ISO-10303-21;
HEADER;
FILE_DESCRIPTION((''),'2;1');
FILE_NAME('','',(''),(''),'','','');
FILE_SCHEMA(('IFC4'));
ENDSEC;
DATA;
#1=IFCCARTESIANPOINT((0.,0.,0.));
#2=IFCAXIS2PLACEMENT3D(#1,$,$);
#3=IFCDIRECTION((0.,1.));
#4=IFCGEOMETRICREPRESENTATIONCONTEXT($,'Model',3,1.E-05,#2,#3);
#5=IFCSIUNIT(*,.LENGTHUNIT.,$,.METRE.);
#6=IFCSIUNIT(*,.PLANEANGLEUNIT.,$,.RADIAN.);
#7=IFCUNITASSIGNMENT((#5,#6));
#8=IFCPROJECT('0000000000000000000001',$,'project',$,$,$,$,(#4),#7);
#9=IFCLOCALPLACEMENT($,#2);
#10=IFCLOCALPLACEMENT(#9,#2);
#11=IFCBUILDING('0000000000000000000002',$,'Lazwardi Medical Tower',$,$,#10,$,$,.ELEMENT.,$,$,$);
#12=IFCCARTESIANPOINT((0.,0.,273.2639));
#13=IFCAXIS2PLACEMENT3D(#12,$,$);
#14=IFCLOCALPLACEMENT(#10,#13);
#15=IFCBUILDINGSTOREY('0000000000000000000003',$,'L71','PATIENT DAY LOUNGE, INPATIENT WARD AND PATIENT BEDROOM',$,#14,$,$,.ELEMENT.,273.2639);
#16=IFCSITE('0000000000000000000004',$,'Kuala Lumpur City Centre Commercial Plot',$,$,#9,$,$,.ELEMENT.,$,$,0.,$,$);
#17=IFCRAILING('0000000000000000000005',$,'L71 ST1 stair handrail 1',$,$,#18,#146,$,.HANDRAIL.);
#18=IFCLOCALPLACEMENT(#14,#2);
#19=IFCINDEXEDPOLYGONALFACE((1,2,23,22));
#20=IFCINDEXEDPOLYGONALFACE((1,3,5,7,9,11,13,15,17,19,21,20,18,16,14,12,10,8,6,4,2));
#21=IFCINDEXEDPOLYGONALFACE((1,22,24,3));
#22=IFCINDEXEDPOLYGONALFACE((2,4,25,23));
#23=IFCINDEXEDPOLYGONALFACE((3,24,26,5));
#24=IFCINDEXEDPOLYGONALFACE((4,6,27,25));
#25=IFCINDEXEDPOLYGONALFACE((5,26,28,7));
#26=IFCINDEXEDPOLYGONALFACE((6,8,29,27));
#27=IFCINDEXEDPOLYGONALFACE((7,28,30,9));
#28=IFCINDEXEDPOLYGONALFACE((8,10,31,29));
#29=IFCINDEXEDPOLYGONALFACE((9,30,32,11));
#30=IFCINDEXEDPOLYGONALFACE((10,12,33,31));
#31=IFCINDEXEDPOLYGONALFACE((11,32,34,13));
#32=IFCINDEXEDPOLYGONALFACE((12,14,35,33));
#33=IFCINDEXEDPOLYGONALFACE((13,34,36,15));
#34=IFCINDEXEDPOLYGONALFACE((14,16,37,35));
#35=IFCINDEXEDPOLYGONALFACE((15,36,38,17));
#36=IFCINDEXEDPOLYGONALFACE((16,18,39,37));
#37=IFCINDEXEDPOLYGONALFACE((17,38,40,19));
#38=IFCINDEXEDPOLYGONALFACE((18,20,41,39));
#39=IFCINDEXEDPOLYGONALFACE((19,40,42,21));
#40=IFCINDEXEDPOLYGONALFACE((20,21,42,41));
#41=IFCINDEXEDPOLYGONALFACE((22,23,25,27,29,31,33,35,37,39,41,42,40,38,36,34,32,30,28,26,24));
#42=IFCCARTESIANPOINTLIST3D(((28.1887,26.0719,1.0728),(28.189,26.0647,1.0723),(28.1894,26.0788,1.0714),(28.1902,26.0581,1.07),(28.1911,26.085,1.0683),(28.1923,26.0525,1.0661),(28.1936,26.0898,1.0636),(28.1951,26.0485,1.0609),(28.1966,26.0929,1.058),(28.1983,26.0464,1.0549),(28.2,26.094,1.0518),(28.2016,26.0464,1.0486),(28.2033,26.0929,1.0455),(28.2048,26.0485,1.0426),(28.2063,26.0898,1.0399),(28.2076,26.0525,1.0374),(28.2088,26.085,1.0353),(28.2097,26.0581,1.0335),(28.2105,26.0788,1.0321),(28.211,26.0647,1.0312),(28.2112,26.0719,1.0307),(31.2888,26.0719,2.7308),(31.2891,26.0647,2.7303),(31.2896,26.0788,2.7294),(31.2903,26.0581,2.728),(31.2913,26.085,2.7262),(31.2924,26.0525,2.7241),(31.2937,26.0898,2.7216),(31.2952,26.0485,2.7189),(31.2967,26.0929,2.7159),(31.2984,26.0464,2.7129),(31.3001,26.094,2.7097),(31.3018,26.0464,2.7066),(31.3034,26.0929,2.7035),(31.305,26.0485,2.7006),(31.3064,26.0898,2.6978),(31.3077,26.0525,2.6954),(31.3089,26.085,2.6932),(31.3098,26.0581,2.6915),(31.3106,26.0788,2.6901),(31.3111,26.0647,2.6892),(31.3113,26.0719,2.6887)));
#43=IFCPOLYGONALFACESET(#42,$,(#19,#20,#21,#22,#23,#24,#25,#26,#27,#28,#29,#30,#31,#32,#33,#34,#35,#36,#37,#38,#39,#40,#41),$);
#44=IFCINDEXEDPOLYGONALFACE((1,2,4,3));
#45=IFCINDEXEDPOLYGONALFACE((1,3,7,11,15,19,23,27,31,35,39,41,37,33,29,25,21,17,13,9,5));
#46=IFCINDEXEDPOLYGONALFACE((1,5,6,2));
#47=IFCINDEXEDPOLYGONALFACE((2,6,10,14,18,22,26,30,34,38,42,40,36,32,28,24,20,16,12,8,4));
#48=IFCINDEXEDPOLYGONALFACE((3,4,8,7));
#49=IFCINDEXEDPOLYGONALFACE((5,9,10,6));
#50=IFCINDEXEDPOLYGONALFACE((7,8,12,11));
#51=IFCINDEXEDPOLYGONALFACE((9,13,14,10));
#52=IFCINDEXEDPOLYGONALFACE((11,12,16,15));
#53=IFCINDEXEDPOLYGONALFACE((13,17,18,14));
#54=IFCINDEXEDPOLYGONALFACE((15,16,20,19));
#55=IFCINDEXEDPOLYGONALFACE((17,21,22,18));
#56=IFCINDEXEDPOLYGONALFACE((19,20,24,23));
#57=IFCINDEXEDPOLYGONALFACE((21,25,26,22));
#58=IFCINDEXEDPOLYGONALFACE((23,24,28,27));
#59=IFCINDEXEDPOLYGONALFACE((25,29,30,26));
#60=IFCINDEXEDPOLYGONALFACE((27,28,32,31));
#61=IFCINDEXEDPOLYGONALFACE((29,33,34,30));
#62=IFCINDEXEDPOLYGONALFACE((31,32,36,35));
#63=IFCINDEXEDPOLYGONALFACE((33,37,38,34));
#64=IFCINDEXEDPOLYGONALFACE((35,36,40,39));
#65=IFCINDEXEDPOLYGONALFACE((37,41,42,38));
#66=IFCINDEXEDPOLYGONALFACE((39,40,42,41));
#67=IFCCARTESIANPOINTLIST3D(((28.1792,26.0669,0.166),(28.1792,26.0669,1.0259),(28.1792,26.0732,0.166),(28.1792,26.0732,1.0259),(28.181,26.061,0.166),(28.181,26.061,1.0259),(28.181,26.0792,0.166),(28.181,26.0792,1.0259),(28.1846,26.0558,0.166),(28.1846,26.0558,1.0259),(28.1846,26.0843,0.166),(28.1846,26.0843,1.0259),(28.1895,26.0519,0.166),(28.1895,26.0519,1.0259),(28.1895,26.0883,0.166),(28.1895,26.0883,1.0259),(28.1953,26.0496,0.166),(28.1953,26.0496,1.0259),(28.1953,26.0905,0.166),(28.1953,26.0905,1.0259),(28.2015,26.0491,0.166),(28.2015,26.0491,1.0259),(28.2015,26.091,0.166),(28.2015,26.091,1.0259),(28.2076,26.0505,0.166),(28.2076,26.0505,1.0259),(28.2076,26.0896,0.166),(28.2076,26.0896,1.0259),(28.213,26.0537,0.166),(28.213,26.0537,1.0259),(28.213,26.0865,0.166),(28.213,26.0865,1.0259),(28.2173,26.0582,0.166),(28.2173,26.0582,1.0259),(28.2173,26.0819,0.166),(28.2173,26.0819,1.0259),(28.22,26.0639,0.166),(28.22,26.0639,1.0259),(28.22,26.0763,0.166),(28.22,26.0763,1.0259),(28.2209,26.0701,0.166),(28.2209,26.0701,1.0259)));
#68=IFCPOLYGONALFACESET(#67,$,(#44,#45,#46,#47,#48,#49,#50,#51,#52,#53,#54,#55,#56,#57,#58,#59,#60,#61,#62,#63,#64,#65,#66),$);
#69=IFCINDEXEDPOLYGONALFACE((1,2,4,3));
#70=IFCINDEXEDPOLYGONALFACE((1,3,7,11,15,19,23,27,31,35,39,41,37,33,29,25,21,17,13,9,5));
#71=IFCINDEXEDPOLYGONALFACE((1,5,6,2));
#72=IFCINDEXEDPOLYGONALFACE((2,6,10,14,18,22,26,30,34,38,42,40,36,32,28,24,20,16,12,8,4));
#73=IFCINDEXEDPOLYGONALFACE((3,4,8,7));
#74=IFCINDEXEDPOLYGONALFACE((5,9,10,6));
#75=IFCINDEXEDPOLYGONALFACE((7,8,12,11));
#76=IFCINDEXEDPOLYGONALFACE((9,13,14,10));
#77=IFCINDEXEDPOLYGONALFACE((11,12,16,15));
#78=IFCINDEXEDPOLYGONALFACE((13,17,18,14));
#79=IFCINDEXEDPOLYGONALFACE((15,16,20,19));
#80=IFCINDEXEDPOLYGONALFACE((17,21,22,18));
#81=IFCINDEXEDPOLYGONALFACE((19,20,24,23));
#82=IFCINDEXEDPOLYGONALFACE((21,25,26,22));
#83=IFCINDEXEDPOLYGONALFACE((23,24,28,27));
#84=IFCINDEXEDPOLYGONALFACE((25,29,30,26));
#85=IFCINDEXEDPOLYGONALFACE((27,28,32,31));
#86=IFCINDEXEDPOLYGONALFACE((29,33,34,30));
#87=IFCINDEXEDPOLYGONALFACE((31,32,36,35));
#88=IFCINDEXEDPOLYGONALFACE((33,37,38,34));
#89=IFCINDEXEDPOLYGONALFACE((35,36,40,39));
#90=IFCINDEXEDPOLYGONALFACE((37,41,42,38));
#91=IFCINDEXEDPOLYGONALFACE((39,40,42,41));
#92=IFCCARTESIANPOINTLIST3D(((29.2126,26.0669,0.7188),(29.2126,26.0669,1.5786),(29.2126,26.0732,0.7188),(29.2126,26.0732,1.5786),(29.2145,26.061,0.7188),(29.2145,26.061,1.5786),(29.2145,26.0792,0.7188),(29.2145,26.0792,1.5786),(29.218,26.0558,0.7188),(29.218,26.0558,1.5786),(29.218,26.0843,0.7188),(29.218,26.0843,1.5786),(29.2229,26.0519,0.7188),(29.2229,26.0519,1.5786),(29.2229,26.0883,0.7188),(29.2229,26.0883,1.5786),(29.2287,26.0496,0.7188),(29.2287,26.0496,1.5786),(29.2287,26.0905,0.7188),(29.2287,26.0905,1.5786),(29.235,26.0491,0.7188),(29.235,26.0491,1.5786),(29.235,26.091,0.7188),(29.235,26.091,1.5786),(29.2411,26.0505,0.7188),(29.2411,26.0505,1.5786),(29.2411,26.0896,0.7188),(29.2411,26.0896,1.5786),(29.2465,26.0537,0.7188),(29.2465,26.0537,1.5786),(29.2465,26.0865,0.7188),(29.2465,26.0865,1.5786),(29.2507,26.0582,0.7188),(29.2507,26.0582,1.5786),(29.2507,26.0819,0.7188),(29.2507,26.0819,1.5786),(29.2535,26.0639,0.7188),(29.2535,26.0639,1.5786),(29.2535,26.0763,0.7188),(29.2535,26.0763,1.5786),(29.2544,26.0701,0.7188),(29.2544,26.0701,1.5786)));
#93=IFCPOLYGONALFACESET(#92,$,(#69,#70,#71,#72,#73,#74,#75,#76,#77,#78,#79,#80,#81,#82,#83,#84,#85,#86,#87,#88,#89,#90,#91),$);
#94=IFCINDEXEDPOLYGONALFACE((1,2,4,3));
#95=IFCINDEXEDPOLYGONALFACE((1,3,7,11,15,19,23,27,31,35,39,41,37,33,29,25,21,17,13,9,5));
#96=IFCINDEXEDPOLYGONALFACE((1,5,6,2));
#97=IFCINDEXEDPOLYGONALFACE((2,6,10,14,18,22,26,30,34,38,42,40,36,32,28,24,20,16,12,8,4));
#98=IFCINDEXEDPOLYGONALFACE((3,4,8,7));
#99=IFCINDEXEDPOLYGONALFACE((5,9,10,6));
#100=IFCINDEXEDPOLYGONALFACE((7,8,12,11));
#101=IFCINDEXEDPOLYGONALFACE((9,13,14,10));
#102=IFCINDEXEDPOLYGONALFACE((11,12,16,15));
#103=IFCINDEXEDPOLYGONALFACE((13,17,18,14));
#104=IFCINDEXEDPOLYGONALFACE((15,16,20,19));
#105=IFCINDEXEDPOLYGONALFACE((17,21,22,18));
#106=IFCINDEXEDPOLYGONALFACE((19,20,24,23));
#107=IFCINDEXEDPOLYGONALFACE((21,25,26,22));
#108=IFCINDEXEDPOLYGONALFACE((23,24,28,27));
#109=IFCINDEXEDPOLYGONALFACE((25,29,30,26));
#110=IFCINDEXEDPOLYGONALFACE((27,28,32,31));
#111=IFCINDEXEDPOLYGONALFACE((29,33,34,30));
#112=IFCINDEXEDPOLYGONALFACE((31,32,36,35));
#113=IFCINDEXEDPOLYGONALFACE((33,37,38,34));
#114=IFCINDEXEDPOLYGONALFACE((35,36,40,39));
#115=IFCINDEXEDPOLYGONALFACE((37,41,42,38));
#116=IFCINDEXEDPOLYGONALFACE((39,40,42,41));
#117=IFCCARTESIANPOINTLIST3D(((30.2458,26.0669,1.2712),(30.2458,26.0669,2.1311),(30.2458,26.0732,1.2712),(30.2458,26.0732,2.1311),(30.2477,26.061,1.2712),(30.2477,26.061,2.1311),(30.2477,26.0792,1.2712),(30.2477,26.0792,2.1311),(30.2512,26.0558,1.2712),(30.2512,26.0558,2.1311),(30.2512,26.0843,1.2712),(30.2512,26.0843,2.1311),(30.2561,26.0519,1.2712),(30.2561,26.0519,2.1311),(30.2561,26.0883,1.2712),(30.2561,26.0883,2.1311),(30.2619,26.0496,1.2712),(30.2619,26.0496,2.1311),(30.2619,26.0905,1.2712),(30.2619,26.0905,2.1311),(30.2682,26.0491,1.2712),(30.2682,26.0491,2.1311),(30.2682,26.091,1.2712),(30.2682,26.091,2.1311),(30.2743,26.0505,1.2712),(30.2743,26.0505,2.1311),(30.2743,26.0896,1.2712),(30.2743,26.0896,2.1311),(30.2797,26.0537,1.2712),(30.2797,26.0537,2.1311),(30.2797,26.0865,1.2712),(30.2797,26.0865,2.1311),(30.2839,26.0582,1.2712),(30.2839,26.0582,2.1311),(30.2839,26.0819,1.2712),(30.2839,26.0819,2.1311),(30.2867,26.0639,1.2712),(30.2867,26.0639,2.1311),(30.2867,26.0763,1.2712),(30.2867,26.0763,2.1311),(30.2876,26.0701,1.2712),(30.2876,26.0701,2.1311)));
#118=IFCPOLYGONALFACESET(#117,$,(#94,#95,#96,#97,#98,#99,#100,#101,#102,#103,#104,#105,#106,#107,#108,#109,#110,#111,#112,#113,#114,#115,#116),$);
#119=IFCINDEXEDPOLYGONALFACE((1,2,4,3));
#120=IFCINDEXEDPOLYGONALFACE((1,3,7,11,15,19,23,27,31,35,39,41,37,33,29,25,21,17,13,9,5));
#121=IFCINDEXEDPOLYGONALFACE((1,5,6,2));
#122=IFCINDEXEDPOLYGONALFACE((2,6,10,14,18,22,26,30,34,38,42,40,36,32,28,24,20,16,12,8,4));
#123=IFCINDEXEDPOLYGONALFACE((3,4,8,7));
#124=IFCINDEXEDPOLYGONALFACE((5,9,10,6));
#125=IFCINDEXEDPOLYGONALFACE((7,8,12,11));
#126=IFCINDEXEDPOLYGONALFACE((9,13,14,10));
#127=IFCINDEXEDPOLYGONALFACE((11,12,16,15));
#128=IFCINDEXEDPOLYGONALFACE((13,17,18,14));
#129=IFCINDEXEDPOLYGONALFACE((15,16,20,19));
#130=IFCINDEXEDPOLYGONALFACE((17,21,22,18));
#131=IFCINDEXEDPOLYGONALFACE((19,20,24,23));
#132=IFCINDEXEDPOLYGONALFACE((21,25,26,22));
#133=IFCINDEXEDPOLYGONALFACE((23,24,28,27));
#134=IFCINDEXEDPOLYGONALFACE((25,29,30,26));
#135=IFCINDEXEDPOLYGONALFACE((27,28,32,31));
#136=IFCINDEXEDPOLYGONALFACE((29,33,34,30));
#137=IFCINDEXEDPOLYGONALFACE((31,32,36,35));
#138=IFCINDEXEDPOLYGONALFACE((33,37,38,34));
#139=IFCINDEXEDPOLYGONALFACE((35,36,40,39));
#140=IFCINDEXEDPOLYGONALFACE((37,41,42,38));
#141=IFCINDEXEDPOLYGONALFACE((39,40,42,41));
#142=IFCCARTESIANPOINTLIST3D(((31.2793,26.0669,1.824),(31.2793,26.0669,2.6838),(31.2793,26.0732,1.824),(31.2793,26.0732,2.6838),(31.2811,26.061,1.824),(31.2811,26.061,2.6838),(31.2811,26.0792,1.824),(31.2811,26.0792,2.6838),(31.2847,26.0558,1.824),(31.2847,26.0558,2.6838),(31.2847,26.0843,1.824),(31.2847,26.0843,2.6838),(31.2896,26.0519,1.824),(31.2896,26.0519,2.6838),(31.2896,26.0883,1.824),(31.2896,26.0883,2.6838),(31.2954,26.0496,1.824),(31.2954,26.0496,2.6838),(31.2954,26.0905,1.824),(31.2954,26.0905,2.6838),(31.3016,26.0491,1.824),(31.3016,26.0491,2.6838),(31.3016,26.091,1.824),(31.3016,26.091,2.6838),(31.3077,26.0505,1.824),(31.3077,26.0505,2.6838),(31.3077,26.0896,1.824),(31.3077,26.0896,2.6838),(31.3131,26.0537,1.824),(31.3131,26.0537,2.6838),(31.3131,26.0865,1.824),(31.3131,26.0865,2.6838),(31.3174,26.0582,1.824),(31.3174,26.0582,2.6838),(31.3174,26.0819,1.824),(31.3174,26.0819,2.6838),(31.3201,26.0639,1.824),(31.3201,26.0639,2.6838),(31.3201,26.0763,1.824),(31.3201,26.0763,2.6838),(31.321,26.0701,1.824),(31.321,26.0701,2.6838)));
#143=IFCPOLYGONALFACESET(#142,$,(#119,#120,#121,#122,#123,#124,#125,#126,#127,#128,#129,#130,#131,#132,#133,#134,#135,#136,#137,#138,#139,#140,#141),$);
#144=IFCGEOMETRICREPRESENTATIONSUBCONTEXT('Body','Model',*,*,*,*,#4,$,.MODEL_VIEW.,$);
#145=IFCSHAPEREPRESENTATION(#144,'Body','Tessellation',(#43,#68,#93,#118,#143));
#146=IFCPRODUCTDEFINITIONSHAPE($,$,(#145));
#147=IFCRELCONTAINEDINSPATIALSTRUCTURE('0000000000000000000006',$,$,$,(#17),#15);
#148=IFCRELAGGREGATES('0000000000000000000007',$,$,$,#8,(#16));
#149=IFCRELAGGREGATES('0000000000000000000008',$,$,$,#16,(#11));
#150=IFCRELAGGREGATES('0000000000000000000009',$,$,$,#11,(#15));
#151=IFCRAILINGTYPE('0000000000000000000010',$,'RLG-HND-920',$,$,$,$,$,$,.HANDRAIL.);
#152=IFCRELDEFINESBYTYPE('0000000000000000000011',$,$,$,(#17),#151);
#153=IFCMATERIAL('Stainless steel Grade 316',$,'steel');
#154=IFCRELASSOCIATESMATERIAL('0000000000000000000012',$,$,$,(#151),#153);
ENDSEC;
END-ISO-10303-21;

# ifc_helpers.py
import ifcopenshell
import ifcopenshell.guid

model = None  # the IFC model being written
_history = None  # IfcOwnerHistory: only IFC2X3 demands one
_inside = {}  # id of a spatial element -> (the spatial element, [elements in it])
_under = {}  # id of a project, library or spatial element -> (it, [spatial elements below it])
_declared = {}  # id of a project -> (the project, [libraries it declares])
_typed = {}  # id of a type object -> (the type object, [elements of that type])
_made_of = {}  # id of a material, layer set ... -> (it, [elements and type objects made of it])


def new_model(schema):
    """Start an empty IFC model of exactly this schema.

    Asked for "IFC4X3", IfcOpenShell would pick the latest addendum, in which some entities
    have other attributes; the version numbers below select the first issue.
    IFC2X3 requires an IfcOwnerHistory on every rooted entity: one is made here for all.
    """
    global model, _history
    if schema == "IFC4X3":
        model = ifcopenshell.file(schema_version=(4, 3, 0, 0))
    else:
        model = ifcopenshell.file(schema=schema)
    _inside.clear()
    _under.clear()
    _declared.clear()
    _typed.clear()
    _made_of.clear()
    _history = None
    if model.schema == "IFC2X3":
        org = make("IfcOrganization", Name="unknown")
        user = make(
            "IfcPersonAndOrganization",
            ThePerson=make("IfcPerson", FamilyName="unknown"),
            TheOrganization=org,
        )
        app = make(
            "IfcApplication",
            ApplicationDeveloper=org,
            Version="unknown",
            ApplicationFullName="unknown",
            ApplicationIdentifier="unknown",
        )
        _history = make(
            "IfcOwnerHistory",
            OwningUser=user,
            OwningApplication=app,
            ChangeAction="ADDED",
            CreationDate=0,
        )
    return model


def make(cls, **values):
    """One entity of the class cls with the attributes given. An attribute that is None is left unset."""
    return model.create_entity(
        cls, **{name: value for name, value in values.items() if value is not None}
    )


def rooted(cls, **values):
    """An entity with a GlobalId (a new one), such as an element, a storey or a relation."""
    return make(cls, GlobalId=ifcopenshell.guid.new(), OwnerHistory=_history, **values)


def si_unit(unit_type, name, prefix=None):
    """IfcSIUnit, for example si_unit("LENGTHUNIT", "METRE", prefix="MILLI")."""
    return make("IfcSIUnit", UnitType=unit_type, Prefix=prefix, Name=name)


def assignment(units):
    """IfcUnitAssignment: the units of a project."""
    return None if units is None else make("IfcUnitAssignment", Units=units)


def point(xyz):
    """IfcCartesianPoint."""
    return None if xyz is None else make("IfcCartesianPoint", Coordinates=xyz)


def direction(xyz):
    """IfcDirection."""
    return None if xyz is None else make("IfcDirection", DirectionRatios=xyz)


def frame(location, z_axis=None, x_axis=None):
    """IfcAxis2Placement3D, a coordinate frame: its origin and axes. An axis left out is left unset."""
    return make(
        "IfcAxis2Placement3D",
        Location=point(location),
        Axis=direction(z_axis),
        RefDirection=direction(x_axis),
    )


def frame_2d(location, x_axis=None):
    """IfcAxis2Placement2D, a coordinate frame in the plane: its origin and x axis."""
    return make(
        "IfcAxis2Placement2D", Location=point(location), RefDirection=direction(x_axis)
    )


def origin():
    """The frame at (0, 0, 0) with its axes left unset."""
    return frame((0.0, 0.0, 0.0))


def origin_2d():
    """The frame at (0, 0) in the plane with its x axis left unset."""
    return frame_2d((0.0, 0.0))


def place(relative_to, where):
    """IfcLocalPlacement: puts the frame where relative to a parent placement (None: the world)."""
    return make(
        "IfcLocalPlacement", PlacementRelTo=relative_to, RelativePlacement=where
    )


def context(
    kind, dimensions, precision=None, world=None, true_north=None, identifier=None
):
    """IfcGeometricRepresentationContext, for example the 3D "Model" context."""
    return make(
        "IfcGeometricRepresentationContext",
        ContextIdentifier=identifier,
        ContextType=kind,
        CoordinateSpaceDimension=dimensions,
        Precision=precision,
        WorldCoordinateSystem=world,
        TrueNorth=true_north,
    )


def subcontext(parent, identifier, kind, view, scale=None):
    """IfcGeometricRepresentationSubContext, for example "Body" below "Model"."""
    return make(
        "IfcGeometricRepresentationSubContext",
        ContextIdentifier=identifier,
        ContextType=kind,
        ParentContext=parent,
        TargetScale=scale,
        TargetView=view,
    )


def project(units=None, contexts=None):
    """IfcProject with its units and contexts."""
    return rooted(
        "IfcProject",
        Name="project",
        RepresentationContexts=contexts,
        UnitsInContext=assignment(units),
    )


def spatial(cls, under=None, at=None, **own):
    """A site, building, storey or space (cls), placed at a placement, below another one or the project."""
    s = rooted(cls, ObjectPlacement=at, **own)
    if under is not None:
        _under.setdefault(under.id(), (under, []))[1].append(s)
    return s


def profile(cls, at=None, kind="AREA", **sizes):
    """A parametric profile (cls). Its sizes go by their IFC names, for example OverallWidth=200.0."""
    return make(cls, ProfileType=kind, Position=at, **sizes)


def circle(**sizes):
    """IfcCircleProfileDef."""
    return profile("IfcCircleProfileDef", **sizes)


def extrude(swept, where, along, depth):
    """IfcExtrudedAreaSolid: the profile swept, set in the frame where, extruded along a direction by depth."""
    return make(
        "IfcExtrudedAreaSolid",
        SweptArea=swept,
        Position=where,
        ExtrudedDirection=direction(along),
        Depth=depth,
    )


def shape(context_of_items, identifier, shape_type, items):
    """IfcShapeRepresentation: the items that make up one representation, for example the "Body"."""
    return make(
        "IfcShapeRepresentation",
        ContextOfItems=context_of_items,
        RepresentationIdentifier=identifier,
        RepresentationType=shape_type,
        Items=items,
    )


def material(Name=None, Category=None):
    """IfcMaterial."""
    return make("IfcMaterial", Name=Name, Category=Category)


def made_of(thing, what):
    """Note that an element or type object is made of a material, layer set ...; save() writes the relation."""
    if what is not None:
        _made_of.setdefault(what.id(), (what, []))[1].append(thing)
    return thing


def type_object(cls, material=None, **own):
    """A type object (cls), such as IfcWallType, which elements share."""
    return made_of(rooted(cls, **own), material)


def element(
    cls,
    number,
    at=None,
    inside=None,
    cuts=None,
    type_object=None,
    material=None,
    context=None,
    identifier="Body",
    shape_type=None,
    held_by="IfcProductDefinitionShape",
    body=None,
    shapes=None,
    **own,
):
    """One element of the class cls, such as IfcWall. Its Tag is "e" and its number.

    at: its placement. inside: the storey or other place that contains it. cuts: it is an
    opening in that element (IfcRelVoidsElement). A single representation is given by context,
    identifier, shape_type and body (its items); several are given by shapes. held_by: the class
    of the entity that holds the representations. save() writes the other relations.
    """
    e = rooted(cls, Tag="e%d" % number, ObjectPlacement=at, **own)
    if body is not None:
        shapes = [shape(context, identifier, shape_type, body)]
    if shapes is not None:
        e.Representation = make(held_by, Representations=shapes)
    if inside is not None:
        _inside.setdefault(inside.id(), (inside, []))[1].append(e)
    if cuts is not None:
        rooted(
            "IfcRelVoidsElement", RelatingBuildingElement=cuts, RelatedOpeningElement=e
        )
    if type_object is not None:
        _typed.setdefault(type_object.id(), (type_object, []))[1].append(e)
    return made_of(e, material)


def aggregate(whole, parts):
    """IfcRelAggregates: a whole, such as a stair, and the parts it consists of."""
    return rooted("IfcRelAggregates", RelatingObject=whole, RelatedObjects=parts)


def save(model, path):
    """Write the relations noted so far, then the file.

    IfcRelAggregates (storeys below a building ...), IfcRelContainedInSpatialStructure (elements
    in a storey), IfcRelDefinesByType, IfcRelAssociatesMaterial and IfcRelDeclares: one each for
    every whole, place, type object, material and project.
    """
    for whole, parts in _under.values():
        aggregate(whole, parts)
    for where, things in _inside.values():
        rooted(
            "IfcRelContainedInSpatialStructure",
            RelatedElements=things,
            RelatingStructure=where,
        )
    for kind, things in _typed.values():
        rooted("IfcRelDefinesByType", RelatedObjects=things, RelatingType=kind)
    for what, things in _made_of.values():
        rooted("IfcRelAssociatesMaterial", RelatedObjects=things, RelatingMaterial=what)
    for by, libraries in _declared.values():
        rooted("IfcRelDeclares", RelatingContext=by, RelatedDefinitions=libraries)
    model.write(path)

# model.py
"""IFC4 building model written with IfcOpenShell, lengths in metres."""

from ifc_helpers import new_model, si_unit, direction, frame, origin, origin_2d, place, context, subcontext, project, spatial, circle, extrude, material, type_object, element, save


model = new_model("IFC4")

# Units and contexts
model_context = context("Model", 3, precision=1e-05, world=origin(), true_north=direction((0.0, 1.0)))
body_context = subcontext(model_context, "Body", "Model", "MODEL_VIEW")
ifc_project = project(units=[si_unit("LENGTHUNIT", "METRE"), si_unit("PLANEANGLEUNIT", "RADIAN")], contexts=[model_context])

# Site, building, storey
site_placement = place(None, origin())
site = spatial("IfcSite", under=ifc_project, at=site_placement, Name="Kuala Lumpur City Centre Commercial Plot", CompositionType="ELEMENT", RefElevation=0.0)
building_placement = place(site_placement, origin())
building = spatial("IfcBuilding", under=site, at=building_placement, Name="Lazwardi Medical Tower", CompositionType="ELEMENT")
storey_placement = place(building_placement, frame((0.0, 0.0, 273.2639)))
storey = spatial("IfcBuildingStorey", under=building, at=storey_placement, Name="L71", Description="PATIENT DAY LOUNGE, INPATIENT WARD AND PATIENT BEDROOM", CompositionType="ELEMENT", Elevation=273.2639)

# Railing
ifc_material_1 = material(Name="Stainless steel Grade 316", Category="steel")
railing_type_1 = type_object("IfcRailingType", Name="RLG-HND-920", PredefinedType="HANDRAIL", material=ifc_material_1)
railing_1_placement = place(storey_placement, frame((28.2, 26.0701, 0.166)))
element("IfcRailing", 1, at=railing_1_placement, inside=storey, type_object=railing_type_1, Name="L71 ST1 stair handrail 1", PredefinedType="HANDRAIL", context=body_context, shape_type="SweptSolid", body=[
    extrude(circle(Radius=0.0239, at=origin_2d()), frame((0.0, 0.0, 0.8857), z_axis=(0.881812, 0.0, 0.471601), x_axis=(0.0, 1.0, 0.0)), (0.0, 0.0, 1.0), 3.5156),
    extrude(circle(Radius=0.021, at=origin_2d()), origin(), (0.0, 0.0, 1.0), 0.8599),
    extrude(circle(Radius=0.021, at=origin_2d()), frame((1.0334, 0.0, 0.5527)), (0.0, 0.0, 1.0), 0.8599),
    extrude(circle(Radius=0.021, at=origin_2d()), frame((2.0667, 0.0, 1.1052)), (0.0, 0.0, 1.0), 0.8599),
    extrude(circle(Radius=0.021, at=origin_2d()), frame((3.1001, 0.0, 1.658)), (0.0, 0.0, 1.0), 0.8599),
])

save(model, "model.ifc")
